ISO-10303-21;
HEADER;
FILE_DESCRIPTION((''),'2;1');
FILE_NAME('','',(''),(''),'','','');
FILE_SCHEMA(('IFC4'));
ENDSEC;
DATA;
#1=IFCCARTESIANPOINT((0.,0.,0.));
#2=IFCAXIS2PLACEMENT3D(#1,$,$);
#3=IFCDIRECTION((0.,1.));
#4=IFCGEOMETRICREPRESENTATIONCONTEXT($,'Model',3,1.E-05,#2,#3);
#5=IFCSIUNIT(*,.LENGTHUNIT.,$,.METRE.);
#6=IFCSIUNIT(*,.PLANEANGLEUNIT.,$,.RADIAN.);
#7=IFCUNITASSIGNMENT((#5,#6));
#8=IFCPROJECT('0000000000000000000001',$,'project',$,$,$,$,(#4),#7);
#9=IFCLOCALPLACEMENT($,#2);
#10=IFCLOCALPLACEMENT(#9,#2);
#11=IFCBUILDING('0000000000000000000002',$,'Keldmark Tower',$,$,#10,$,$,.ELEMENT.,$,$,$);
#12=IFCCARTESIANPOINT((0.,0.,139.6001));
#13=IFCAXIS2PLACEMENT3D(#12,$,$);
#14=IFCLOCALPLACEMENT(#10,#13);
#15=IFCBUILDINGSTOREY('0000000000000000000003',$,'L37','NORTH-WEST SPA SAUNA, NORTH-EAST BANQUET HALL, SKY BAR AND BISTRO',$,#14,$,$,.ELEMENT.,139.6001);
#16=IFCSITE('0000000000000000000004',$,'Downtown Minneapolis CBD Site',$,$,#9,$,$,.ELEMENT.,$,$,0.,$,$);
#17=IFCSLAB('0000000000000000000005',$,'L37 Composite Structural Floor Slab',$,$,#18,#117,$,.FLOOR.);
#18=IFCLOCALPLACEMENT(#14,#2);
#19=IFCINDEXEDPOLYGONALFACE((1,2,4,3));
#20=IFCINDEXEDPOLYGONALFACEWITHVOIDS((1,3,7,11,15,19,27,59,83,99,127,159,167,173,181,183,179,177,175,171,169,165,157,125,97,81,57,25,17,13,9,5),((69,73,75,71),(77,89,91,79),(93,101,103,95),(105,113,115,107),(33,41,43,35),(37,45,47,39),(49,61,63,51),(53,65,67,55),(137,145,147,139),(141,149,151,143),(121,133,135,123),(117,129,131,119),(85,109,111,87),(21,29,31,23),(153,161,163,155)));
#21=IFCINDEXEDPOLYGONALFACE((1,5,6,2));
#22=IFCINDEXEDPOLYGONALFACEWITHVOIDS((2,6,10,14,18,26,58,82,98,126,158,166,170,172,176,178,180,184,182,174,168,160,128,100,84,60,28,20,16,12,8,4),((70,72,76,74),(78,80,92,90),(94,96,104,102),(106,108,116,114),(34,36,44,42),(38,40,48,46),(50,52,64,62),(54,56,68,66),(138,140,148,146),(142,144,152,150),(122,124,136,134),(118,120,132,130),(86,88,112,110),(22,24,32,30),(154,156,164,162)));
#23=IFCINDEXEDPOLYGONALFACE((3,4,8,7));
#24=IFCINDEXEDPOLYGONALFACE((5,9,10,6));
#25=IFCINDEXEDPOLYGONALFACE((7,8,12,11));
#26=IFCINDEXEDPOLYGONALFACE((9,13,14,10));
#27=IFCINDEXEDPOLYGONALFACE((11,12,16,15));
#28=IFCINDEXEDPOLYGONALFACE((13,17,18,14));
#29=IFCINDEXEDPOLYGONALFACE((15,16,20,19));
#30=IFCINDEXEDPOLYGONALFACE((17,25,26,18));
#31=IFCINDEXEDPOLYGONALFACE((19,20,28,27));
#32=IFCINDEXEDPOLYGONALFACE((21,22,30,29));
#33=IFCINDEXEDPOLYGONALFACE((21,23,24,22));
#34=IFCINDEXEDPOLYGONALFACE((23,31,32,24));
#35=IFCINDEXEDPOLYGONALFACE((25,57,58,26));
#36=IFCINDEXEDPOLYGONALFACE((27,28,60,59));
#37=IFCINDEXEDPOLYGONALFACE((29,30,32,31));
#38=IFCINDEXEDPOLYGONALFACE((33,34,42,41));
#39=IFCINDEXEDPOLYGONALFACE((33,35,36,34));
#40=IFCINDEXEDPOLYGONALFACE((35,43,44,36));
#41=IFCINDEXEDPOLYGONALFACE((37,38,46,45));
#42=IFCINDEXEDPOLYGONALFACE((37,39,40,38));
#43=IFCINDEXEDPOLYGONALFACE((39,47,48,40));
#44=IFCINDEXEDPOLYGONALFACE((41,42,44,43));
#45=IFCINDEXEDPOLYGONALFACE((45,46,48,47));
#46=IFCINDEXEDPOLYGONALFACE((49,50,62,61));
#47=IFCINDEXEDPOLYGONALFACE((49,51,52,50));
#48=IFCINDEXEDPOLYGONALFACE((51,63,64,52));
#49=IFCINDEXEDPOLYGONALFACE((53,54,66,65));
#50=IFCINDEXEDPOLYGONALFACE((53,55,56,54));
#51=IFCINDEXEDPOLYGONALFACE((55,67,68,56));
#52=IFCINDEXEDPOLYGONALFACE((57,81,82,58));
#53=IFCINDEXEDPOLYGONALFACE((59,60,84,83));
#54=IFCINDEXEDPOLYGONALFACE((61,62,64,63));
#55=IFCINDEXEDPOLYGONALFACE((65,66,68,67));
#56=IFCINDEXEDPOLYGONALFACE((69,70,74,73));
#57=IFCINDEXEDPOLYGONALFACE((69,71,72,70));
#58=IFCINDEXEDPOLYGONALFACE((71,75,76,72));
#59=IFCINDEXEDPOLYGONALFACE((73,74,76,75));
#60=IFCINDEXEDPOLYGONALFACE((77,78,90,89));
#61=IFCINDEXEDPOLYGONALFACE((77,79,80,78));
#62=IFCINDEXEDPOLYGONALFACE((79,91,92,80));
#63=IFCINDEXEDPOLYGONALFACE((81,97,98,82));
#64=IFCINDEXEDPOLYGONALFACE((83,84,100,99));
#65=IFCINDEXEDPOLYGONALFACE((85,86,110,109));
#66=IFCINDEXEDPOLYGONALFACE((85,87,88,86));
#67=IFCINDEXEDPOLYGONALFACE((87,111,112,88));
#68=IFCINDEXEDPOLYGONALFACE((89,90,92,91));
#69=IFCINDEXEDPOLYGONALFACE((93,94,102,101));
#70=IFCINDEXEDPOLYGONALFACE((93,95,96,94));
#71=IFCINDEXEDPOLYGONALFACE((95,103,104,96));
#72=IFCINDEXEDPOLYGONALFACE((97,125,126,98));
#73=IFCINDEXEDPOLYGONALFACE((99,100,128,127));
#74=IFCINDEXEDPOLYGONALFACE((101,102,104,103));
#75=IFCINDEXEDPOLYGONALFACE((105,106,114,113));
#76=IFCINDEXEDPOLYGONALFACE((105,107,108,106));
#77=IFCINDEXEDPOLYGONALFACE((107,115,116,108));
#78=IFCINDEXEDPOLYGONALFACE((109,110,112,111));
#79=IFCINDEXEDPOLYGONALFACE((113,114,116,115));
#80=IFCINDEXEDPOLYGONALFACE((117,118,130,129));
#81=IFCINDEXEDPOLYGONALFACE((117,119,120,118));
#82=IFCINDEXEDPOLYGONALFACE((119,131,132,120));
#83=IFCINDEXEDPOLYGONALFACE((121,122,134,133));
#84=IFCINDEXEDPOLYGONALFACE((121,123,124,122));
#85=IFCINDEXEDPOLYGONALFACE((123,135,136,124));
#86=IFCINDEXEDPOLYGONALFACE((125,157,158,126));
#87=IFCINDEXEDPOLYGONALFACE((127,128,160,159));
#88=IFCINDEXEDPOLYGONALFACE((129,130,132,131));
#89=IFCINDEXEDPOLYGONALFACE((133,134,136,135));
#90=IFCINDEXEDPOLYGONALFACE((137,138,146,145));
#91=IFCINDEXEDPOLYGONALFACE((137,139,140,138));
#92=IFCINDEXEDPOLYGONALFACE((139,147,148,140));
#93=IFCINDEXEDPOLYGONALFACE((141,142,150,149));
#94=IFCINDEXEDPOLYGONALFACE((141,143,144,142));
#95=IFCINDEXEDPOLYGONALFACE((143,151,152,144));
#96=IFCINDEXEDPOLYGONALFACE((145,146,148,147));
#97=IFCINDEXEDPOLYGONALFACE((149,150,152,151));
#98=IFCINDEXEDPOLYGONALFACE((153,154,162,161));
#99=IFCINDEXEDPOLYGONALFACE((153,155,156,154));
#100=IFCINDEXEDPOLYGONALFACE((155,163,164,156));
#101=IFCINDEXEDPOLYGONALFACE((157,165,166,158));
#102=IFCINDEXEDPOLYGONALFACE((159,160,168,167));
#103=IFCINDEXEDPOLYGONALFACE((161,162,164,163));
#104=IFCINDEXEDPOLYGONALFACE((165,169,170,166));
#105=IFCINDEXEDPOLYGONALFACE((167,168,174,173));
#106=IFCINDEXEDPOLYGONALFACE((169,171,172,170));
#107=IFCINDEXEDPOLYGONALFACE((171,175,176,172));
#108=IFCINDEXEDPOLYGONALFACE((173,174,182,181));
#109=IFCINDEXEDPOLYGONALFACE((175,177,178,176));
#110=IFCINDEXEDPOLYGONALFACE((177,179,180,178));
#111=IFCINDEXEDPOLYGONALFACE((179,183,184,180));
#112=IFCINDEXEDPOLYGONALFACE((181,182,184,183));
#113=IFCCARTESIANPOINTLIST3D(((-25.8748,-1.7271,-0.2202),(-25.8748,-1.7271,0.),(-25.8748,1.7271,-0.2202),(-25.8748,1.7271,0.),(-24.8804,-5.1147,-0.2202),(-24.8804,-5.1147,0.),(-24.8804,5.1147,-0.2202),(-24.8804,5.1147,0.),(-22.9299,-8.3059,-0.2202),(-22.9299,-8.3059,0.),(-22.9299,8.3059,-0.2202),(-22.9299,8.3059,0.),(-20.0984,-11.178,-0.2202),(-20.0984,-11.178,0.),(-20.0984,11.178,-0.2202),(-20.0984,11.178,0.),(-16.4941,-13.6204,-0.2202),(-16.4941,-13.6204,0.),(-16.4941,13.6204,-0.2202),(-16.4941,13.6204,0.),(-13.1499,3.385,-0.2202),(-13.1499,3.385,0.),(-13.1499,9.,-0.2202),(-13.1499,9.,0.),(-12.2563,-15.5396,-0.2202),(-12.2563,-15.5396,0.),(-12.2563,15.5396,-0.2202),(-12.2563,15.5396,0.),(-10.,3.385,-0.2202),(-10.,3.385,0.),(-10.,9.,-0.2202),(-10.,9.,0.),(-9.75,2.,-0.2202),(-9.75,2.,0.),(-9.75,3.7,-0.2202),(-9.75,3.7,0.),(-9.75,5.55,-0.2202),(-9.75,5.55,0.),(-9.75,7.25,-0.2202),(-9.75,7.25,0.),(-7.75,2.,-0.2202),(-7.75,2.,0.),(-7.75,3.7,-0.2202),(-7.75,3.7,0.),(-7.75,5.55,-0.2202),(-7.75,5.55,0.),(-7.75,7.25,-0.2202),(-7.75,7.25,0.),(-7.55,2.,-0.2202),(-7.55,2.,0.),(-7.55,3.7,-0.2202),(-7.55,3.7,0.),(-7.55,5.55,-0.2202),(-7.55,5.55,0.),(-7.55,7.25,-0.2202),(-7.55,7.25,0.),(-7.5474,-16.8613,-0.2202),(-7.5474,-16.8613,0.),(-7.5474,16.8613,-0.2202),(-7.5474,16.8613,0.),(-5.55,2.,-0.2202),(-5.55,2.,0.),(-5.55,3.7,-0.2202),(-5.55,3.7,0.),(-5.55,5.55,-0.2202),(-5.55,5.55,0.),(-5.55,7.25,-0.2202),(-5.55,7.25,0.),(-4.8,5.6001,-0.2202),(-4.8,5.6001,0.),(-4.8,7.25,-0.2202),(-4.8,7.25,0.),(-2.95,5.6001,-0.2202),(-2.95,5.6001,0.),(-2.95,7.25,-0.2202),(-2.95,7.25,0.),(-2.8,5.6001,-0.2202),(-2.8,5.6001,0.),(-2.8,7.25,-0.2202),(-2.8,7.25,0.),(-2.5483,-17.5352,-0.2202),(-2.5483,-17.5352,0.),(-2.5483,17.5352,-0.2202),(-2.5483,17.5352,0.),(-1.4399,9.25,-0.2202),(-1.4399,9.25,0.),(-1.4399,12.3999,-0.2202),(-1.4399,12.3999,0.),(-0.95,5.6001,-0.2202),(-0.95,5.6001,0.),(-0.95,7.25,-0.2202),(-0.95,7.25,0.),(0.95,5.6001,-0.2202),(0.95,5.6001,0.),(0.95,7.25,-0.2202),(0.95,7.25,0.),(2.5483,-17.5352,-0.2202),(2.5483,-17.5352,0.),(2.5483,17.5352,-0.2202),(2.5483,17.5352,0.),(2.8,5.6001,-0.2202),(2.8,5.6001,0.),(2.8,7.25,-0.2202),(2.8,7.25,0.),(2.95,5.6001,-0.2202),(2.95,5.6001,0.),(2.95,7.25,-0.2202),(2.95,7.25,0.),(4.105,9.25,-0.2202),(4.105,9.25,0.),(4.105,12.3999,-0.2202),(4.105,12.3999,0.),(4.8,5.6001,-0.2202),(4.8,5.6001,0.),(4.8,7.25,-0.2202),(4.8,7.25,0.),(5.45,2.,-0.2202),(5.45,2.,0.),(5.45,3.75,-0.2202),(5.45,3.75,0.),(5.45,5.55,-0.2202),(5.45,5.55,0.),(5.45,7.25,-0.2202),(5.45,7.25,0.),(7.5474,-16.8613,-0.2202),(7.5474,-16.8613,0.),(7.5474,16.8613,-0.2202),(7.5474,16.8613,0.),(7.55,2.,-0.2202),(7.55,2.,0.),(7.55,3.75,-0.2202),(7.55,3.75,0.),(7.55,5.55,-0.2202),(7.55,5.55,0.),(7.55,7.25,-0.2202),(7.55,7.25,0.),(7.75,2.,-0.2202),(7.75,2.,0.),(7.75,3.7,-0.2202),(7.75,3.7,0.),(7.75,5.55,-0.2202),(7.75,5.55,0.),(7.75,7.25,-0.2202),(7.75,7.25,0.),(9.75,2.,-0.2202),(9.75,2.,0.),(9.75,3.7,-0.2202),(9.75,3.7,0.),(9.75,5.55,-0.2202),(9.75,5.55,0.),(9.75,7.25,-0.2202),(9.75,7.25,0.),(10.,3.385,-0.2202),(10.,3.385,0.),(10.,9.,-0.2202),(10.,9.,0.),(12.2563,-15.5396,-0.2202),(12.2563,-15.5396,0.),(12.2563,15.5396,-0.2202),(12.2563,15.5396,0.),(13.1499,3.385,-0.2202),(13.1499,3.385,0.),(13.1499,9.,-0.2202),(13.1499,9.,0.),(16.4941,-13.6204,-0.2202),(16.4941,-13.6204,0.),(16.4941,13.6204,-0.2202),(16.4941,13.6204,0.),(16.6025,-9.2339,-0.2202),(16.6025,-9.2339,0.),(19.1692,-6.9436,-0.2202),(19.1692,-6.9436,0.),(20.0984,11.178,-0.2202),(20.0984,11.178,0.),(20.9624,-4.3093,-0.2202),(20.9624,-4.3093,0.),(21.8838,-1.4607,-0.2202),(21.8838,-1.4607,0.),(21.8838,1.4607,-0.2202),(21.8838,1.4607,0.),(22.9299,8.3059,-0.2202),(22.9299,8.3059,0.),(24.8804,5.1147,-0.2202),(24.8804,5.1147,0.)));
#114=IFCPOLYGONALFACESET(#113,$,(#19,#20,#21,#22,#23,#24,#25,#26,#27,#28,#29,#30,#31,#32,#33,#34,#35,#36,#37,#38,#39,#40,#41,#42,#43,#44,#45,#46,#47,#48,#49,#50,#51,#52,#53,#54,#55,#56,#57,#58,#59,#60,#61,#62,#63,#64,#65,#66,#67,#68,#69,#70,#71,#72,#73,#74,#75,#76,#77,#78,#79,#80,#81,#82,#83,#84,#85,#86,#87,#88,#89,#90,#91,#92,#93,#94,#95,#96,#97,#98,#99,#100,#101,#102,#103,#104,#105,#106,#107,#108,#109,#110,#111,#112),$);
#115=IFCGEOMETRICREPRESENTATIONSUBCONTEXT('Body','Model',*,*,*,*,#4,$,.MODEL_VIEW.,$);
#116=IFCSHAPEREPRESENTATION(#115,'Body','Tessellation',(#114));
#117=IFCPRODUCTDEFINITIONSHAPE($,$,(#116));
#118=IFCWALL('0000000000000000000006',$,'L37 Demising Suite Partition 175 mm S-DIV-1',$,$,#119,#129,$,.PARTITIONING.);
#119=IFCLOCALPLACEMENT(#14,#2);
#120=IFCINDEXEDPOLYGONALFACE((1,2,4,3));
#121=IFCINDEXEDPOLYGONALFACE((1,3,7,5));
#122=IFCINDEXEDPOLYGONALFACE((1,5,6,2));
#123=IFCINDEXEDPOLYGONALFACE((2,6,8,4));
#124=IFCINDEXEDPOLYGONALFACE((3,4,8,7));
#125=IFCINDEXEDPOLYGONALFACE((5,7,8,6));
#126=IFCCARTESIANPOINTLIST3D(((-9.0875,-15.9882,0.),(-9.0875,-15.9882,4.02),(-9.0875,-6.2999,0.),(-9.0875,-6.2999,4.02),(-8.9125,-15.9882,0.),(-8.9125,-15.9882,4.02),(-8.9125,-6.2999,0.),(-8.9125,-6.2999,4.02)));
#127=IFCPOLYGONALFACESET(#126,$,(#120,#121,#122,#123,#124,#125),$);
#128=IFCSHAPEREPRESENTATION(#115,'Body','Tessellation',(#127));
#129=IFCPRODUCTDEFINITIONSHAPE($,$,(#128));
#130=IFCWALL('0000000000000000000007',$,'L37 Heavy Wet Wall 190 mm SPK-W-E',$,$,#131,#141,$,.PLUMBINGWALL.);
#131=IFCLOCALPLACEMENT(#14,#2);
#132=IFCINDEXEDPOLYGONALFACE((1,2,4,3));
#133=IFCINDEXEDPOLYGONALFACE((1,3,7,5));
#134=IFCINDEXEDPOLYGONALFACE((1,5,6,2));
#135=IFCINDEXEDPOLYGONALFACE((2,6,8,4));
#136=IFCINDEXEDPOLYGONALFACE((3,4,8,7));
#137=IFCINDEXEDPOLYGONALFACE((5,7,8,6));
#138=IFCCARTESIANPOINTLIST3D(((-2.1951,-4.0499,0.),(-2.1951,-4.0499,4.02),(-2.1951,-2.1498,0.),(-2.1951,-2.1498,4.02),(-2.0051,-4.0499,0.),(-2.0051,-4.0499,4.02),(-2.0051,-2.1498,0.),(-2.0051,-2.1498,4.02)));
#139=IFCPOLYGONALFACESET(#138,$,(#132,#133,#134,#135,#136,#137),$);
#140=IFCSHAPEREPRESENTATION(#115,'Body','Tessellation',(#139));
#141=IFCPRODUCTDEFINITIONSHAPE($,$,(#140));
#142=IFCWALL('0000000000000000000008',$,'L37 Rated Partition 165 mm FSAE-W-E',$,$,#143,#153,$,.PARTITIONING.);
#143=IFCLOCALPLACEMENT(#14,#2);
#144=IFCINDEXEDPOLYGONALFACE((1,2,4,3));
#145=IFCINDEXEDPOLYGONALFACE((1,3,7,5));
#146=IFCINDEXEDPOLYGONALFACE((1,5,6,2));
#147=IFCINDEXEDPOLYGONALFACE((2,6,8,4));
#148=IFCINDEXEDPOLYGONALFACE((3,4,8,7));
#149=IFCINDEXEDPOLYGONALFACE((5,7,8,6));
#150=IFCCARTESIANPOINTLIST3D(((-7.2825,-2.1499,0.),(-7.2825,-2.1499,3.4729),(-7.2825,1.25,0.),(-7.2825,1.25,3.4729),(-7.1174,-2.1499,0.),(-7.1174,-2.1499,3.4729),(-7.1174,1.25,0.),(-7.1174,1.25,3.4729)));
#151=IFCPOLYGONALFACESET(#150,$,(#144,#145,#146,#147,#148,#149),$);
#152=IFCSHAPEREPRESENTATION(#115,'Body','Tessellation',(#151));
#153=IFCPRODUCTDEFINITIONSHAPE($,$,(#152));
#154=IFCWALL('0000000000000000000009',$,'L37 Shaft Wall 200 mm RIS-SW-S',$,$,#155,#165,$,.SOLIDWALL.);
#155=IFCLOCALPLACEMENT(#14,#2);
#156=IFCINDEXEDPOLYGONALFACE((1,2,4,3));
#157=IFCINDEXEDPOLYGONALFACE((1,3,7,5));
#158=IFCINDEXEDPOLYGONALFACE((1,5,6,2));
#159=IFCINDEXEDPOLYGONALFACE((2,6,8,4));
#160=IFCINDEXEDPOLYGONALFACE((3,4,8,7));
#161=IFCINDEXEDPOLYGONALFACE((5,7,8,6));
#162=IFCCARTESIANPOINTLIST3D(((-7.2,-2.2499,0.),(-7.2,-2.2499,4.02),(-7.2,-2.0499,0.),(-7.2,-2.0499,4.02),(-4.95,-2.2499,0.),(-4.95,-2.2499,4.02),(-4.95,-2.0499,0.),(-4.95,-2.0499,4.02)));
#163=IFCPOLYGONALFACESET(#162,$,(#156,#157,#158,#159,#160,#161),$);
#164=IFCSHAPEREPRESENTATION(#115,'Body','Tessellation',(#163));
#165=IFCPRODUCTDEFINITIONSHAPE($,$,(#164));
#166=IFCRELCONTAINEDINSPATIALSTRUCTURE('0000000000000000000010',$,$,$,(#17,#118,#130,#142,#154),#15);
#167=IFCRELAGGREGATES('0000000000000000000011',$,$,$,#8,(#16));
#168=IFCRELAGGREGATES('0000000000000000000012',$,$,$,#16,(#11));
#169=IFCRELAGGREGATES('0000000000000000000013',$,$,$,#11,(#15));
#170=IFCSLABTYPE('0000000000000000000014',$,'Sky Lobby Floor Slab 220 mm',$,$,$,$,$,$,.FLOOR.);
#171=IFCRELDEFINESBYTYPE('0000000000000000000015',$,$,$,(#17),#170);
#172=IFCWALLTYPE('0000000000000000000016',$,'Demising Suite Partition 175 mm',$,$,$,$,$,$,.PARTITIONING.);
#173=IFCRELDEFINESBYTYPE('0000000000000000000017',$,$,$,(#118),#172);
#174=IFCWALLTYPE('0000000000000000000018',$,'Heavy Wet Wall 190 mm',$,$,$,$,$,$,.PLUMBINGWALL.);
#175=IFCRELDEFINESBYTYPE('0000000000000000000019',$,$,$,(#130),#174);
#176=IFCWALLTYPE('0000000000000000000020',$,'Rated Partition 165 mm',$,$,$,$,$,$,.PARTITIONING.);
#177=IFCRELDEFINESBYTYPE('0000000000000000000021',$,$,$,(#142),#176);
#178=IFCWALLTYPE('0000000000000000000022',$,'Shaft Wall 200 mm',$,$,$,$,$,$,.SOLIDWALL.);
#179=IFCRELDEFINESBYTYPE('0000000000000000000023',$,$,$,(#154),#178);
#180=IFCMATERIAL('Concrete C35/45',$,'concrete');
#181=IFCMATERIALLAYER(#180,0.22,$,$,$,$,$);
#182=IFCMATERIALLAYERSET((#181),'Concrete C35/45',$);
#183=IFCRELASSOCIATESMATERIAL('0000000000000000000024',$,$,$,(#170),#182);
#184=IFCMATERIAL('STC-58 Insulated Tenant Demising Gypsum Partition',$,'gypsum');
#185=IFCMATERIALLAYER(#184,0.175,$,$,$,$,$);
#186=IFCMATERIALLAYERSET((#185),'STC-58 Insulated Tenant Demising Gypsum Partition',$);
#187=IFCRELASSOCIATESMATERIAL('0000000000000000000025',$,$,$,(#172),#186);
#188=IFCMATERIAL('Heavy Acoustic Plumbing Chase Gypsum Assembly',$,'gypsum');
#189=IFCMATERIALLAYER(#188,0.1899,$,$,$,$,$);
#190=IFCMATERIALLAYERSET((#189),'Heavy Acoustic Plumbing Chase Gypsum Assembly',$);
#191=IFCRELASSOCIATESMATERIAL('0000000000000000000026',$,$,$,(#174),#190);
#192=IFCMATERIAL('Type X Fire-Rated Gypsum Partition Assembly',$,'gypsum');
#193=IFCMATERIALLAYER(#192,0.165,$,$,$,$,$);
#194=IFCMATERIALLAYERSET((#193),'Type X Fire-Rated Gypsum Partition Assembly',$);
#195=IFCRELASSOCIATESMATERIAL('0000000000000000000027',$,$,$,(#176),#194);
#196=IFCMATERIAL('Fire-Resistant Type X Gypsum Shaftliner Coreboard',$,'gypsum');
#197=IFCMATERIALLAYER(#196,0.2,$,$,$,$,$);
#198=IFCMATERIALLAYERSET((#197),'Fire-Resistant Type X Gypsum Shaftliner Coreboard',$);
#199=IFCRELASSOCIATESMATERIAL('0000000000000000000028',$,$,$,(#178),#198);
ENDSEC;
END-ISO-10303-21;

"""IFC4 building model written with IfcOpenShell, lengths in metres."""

from ifc_helpers import new_model, si_unit, direction, frame, frame_2d, origin, place, context, subcontext, project, spatial, polyline, rectangle, outline, extrude, material, layer, layer_set, type_object, element, save


model = new_model("IFC4")

# Units and contexts
model_context = context("Model", 3, precision=1e-05, world=origin(), true_north=direction((0.0, 1.0)))
body_context = subcontext(model_context, "Body", "Model", "MODEL_VIEW")
ifc_project = project(units=[si_unit("LENGTHUNIT", "METRE"), si_unit("PLANEANGLEUNIT", "RADIAN")], contexts=[model_context])

# Site, building, storey
site_placement = place(None, origin())
site = spatial("IfcSite", under=ifc_project, at=site_placement, Name="Downtown Minneapolis CBD Site", CompositionType="ELEMENT", RefElevation=0.0)
building_placement = place(site_placement, origin())
building = spatial("IfcBuilding", under=site, at=building_placement, Name="Keldmark Tower", CompositionType="ELEMENT")
storey_placement = place(building_placement, frame((0.0, 0.0, 139.6001)))
storey = spatial("IfcBuildingStorey", under=building, at=storey_placement, Name="L37", Description="NORTH-WEST SPA SAUNA, NORTH-EAST BANQUET HALL, SKY BAR AND BISTRO", CompositionType="ELEMENT", Elevation=139.6001)

# Slab
ifc_material_1 = material(Name="Concrete C35/45", Category="concrete")
ifc_layer_1 = layer(ifc_material_1, 0.22)
ifc_layer_set_1 = layer_set([ifc_layer_1], Name="Concrete C35/45")
slab_type = type_object("IfcSlabType", Name="Sky Lobby Floor Slab 220 mm", PredefinedType="FLOOR", material=ifc_layer_set_1)
slab_placement = place(storey_placement, frame((0.0, 0.0, -0.2202)))
element("IfcSlab", 1, at=slab_placement, inside=storey, type_object=slab_type, Name="L37 Composite Structural Floor Slab", PredefinedType="FLOOR", context=body_context, shape_type="SweptSolid", body=[
    extrude(outline(polyline([(21.8838, 1.4607), (24.8804, 5.1147), (22.9299, 8.3059), (20.0984, 11.178), (16.4941, 13.6204), (12.2563, 15.5396), (7.5474, 16.8613), (2.5483, 17.5352), (-2.5483, 17.5352), (-7.5474, 16.8613), (-12.2563, 15.5396), (-16.4941, 13.6204), (-20.0984, 11.178), (-22.9299, 8.3059), (-24.8804, 5.1147), (-25.8748, 1.7271), (-25.8748, -1.7271), (-24.8804, -5.1147), (-22.9299, -8.3059), (-20.0984, -11.178), (-16.4941, -13.6204), (-12.2563, -15.5396), (-7.5474, -16.8613), (-2.5483, -17.5352), (2.5483, -17.5352), (7.5474, -16.8613), (12.2563, -15.5396), (16.4941, -13.6204), (16.6025, -9.2339), (19.1692, -6.9436), (20.9624, -4.3093), (21.8838, -1.4607), (21.8838, 1.4607)]), holes=[polyline([(-10.0, 3.385), (-10.0, 9.0), (-13.1499, 9.0), (-13.1499, 3.385), (-10.0, 3.385)]), polyline([(13.1499, 3.385), (13.1499, 9.0), (10.0, 9.0), (10.0, 3.385), (13.1499, 3.385)]), polyline([(-1.4399, 9.25), (4.105, 9.25), (4.105, 12.3999), (-1.4399, 12.3999), (-1.4399, 9.25)]), polyline([(-9.75, 2.0), (-7.75, 2.0), (-7.75, 3.7), (-9.75, 3.7), (-9.75, 2.0)]), polyline([(7.75, 2.0), (9.75, 2.0), (9.75, 3.7), (7.75, 3.7), (7.75, 2.0)]), polyline([(5.45, 2.0), (7.55, 2.0), (7.55, 3.75), (5.45, 3.75), (5.45, 2.0)]), polyline([(-4.8, 5.6001), (-2.95, 5.6001), (-2.95, 7.25), (-4.8, 7.25), (-4.8, 5.6001)]), polyline([(-2.8, 5.6001), (-0.95, 5.6001), (-0.95, 7.25), (-2.8, 7.25), (-2.8, 5.6001)]), polyline([(0.95, 5.6001), (2.8, 5.6001), (2.8, 7.25), (0.95, 7.25), (0.95, 5.6001)]), polyline([(2.95, 5.6001), (4.8, 5.6001), (4.8, 7.25), (2.95, 7.25), (2.95, 5.6001)]), polyline([(-9.75, 5.55), (-7.75, 5.55), (-7.75, 7.25), (-9.75, 7.25), (-9.75, 5.55)]), polyline([(-7.55, 5.55), (-5.55, 5.55), (-5.55, 7.25), (-7.55, 7.25), (-7.55, 5.55)]), polyline([(-7.55, 2.0), (-5.55, 2.0), (-5.55, 3.7), (-7.55, 3.7), (-7.55, 2.0)]), polyline([(5.45, 5.55), (7.55, 5.55), (7.55, 7.25), (5.45, 7.25), (5.45, 5.55)]), polyline([(7.75, 5.55), (9.75, 5.55), (9.75, 7.25), (7.75, 7.25), (7.75, 5.55)])]), origin(), (0.0, 0.0, 1.0), 0.2202),
])

# Walls
ifc_material_2 = material(Name="STC-58 Insulated Tenant Demising Gypsum Partition", Category="gypsum")
ifc_layer_2 = layer(ifc_material_2, 0.175)
ifc_layer_set_2 = layer_set([ifc_layer_2], Name="STC-58 Insulated Tenant Demising Gypsum Partition")
wall_type_1 = type_object("IfcWallType", Name="Demising Suite Partition 175 mm", PredefinedType="PARTITIONING", material=ifc_layer_set_2)
wall_1_placement = place(storey_placement, frame((-9.0, -15.9883, 0.0), z_axis=(0.0, 0.0, 1.0), x_axis=(0.0, 1.0, 0.0)))
element("IfcWall", 2, at=wall_1_placement, inside=storey, type_object=wall_type_1, Name="L37 Demising Suite Partition 175 mm S-DIV-1", PredefinedType="PARTITIONING", context=body_context, shape_type="SweptSolid", body=[
    extrude(rectangle(XDim=9.6882, YDim=0.175, at=frame_2d((4.8442, 0.0))), origin(), (0.0, 0.0, 1.0), 4.02),
])
ifc_material_3 = material(Name="Heavy Acoustic Plumbing Chase Gypsum Assembly", Category="gypsum")
ifc_layer_3 = layer(ifc_material_3, 0.1899)
ifc_layer_set_3 = layer_set([ifc_layer_3], Name="Heavy Acoustic Plumbing Chase Gypsum Assembly")
wall_type_2 = type_object("IfcWallType", Name="Heavy Wet Wall 190 mm", PredefinedType="PLUMBINGWALL", material=ifc_layer_set_3)
wall_2_placement = place(storey_placement, frame((-2.1001, -4.05, 0.0), z_axis=(0.0, 0.0, 1.0), x_axis=(0.0, 1.0, 0.0)))
element("IfcWall", 3, at=wall_2_placement, inside=storey, type_object=wall_type_2, Name="L37 Heavy Wet Wall 190 mm SPK-W-E", PredefinedType="PLUMBINGWALL", context=body_context, shape_type="SweptSolid", body=[
    extrude(rectangle(XDim=1.9001, YDim=0.1899, at=frame_2d((0.9502, 0.0))), origin(), (0.0, 0.0, 1.0), 4.02),
])
ifc_material_4 = material(Name="Type X Fire-Rated Gypsum Partition Assembly", Category="gypsum")
ifc_layer_4 = layer(ifc_material_4, 0.165)
ifc_layer_set_4 = layer_set([ifc_layer_4], Name="Type X Fire-Rated Gypsum Partition Assembly")
wall_type_3 = type_object("IfcWallType", Name="Rated Partition 165 mm", PredefinedType="PARTITIONING", material=ifc_layer_set_4)
wall_3_placement = place(storey_placement, frame((-7.2, -2.1499, 0.0), z_axis=(0.0, 0.0, 1.0), x_axis=(0.0, 1.0, 0.0)))
element("IfcWall", 4, at=wall_3_placement, inside=storey, type_object=wall_type_3, Name="L37 Rated Partition 165 mm FSAE-W-E", PredefinedType="PARTITIONING", context=body_context, shape_type="SweptSolid", body=[
    extrude(rectangle(XDim=3.3999, YDim=0.165, at=frame_2d((1.7, 0.0))), origin(), (0.0, 0.0, 1.0), 3.4729),
])
ifc_material_5 = material(Name="Fire-Resistant Type X Gypsum Shaftliner Coreboard", Category="gypsum")
ifc_layer_5 = layer(ifc_material_5, 0.2)
ifc_layer_set_5 = layer_set([ifc_layer_5], Name="Fire-Resistant Type X Gypsum Shaftliner Coreboard")
wall_type_4 = type_object("IfcWallType", Name="Shaft Wall 200 mm", PredefinedType="SOLIDWALL", material=ifc_layer_set_5)
wall_4_placement = place(storey_placement, frame((-7.2, -2.1499, 0.0), z_axis=(0.0, 0.0, 1.0), x_axis=(1.0, 0.0, 0.0)))
element("IfcWall", 5, at=wall_4_placement, inside=storey, type_object=wall_type_4, Name="L37 Shaft Wall 200 mm RIS-SW-S", PredefinedType="SOLIDWALL", context=body_context, shape_type="SweptSolid", body=[
    extrude(rectangle(XDim=2.25, YDim=0.2, at=frame_2d((1.125, 0.0))), origin(), (0.0, 0.0, 1.0), 4.02),
])

save(model, "model.ifc")
